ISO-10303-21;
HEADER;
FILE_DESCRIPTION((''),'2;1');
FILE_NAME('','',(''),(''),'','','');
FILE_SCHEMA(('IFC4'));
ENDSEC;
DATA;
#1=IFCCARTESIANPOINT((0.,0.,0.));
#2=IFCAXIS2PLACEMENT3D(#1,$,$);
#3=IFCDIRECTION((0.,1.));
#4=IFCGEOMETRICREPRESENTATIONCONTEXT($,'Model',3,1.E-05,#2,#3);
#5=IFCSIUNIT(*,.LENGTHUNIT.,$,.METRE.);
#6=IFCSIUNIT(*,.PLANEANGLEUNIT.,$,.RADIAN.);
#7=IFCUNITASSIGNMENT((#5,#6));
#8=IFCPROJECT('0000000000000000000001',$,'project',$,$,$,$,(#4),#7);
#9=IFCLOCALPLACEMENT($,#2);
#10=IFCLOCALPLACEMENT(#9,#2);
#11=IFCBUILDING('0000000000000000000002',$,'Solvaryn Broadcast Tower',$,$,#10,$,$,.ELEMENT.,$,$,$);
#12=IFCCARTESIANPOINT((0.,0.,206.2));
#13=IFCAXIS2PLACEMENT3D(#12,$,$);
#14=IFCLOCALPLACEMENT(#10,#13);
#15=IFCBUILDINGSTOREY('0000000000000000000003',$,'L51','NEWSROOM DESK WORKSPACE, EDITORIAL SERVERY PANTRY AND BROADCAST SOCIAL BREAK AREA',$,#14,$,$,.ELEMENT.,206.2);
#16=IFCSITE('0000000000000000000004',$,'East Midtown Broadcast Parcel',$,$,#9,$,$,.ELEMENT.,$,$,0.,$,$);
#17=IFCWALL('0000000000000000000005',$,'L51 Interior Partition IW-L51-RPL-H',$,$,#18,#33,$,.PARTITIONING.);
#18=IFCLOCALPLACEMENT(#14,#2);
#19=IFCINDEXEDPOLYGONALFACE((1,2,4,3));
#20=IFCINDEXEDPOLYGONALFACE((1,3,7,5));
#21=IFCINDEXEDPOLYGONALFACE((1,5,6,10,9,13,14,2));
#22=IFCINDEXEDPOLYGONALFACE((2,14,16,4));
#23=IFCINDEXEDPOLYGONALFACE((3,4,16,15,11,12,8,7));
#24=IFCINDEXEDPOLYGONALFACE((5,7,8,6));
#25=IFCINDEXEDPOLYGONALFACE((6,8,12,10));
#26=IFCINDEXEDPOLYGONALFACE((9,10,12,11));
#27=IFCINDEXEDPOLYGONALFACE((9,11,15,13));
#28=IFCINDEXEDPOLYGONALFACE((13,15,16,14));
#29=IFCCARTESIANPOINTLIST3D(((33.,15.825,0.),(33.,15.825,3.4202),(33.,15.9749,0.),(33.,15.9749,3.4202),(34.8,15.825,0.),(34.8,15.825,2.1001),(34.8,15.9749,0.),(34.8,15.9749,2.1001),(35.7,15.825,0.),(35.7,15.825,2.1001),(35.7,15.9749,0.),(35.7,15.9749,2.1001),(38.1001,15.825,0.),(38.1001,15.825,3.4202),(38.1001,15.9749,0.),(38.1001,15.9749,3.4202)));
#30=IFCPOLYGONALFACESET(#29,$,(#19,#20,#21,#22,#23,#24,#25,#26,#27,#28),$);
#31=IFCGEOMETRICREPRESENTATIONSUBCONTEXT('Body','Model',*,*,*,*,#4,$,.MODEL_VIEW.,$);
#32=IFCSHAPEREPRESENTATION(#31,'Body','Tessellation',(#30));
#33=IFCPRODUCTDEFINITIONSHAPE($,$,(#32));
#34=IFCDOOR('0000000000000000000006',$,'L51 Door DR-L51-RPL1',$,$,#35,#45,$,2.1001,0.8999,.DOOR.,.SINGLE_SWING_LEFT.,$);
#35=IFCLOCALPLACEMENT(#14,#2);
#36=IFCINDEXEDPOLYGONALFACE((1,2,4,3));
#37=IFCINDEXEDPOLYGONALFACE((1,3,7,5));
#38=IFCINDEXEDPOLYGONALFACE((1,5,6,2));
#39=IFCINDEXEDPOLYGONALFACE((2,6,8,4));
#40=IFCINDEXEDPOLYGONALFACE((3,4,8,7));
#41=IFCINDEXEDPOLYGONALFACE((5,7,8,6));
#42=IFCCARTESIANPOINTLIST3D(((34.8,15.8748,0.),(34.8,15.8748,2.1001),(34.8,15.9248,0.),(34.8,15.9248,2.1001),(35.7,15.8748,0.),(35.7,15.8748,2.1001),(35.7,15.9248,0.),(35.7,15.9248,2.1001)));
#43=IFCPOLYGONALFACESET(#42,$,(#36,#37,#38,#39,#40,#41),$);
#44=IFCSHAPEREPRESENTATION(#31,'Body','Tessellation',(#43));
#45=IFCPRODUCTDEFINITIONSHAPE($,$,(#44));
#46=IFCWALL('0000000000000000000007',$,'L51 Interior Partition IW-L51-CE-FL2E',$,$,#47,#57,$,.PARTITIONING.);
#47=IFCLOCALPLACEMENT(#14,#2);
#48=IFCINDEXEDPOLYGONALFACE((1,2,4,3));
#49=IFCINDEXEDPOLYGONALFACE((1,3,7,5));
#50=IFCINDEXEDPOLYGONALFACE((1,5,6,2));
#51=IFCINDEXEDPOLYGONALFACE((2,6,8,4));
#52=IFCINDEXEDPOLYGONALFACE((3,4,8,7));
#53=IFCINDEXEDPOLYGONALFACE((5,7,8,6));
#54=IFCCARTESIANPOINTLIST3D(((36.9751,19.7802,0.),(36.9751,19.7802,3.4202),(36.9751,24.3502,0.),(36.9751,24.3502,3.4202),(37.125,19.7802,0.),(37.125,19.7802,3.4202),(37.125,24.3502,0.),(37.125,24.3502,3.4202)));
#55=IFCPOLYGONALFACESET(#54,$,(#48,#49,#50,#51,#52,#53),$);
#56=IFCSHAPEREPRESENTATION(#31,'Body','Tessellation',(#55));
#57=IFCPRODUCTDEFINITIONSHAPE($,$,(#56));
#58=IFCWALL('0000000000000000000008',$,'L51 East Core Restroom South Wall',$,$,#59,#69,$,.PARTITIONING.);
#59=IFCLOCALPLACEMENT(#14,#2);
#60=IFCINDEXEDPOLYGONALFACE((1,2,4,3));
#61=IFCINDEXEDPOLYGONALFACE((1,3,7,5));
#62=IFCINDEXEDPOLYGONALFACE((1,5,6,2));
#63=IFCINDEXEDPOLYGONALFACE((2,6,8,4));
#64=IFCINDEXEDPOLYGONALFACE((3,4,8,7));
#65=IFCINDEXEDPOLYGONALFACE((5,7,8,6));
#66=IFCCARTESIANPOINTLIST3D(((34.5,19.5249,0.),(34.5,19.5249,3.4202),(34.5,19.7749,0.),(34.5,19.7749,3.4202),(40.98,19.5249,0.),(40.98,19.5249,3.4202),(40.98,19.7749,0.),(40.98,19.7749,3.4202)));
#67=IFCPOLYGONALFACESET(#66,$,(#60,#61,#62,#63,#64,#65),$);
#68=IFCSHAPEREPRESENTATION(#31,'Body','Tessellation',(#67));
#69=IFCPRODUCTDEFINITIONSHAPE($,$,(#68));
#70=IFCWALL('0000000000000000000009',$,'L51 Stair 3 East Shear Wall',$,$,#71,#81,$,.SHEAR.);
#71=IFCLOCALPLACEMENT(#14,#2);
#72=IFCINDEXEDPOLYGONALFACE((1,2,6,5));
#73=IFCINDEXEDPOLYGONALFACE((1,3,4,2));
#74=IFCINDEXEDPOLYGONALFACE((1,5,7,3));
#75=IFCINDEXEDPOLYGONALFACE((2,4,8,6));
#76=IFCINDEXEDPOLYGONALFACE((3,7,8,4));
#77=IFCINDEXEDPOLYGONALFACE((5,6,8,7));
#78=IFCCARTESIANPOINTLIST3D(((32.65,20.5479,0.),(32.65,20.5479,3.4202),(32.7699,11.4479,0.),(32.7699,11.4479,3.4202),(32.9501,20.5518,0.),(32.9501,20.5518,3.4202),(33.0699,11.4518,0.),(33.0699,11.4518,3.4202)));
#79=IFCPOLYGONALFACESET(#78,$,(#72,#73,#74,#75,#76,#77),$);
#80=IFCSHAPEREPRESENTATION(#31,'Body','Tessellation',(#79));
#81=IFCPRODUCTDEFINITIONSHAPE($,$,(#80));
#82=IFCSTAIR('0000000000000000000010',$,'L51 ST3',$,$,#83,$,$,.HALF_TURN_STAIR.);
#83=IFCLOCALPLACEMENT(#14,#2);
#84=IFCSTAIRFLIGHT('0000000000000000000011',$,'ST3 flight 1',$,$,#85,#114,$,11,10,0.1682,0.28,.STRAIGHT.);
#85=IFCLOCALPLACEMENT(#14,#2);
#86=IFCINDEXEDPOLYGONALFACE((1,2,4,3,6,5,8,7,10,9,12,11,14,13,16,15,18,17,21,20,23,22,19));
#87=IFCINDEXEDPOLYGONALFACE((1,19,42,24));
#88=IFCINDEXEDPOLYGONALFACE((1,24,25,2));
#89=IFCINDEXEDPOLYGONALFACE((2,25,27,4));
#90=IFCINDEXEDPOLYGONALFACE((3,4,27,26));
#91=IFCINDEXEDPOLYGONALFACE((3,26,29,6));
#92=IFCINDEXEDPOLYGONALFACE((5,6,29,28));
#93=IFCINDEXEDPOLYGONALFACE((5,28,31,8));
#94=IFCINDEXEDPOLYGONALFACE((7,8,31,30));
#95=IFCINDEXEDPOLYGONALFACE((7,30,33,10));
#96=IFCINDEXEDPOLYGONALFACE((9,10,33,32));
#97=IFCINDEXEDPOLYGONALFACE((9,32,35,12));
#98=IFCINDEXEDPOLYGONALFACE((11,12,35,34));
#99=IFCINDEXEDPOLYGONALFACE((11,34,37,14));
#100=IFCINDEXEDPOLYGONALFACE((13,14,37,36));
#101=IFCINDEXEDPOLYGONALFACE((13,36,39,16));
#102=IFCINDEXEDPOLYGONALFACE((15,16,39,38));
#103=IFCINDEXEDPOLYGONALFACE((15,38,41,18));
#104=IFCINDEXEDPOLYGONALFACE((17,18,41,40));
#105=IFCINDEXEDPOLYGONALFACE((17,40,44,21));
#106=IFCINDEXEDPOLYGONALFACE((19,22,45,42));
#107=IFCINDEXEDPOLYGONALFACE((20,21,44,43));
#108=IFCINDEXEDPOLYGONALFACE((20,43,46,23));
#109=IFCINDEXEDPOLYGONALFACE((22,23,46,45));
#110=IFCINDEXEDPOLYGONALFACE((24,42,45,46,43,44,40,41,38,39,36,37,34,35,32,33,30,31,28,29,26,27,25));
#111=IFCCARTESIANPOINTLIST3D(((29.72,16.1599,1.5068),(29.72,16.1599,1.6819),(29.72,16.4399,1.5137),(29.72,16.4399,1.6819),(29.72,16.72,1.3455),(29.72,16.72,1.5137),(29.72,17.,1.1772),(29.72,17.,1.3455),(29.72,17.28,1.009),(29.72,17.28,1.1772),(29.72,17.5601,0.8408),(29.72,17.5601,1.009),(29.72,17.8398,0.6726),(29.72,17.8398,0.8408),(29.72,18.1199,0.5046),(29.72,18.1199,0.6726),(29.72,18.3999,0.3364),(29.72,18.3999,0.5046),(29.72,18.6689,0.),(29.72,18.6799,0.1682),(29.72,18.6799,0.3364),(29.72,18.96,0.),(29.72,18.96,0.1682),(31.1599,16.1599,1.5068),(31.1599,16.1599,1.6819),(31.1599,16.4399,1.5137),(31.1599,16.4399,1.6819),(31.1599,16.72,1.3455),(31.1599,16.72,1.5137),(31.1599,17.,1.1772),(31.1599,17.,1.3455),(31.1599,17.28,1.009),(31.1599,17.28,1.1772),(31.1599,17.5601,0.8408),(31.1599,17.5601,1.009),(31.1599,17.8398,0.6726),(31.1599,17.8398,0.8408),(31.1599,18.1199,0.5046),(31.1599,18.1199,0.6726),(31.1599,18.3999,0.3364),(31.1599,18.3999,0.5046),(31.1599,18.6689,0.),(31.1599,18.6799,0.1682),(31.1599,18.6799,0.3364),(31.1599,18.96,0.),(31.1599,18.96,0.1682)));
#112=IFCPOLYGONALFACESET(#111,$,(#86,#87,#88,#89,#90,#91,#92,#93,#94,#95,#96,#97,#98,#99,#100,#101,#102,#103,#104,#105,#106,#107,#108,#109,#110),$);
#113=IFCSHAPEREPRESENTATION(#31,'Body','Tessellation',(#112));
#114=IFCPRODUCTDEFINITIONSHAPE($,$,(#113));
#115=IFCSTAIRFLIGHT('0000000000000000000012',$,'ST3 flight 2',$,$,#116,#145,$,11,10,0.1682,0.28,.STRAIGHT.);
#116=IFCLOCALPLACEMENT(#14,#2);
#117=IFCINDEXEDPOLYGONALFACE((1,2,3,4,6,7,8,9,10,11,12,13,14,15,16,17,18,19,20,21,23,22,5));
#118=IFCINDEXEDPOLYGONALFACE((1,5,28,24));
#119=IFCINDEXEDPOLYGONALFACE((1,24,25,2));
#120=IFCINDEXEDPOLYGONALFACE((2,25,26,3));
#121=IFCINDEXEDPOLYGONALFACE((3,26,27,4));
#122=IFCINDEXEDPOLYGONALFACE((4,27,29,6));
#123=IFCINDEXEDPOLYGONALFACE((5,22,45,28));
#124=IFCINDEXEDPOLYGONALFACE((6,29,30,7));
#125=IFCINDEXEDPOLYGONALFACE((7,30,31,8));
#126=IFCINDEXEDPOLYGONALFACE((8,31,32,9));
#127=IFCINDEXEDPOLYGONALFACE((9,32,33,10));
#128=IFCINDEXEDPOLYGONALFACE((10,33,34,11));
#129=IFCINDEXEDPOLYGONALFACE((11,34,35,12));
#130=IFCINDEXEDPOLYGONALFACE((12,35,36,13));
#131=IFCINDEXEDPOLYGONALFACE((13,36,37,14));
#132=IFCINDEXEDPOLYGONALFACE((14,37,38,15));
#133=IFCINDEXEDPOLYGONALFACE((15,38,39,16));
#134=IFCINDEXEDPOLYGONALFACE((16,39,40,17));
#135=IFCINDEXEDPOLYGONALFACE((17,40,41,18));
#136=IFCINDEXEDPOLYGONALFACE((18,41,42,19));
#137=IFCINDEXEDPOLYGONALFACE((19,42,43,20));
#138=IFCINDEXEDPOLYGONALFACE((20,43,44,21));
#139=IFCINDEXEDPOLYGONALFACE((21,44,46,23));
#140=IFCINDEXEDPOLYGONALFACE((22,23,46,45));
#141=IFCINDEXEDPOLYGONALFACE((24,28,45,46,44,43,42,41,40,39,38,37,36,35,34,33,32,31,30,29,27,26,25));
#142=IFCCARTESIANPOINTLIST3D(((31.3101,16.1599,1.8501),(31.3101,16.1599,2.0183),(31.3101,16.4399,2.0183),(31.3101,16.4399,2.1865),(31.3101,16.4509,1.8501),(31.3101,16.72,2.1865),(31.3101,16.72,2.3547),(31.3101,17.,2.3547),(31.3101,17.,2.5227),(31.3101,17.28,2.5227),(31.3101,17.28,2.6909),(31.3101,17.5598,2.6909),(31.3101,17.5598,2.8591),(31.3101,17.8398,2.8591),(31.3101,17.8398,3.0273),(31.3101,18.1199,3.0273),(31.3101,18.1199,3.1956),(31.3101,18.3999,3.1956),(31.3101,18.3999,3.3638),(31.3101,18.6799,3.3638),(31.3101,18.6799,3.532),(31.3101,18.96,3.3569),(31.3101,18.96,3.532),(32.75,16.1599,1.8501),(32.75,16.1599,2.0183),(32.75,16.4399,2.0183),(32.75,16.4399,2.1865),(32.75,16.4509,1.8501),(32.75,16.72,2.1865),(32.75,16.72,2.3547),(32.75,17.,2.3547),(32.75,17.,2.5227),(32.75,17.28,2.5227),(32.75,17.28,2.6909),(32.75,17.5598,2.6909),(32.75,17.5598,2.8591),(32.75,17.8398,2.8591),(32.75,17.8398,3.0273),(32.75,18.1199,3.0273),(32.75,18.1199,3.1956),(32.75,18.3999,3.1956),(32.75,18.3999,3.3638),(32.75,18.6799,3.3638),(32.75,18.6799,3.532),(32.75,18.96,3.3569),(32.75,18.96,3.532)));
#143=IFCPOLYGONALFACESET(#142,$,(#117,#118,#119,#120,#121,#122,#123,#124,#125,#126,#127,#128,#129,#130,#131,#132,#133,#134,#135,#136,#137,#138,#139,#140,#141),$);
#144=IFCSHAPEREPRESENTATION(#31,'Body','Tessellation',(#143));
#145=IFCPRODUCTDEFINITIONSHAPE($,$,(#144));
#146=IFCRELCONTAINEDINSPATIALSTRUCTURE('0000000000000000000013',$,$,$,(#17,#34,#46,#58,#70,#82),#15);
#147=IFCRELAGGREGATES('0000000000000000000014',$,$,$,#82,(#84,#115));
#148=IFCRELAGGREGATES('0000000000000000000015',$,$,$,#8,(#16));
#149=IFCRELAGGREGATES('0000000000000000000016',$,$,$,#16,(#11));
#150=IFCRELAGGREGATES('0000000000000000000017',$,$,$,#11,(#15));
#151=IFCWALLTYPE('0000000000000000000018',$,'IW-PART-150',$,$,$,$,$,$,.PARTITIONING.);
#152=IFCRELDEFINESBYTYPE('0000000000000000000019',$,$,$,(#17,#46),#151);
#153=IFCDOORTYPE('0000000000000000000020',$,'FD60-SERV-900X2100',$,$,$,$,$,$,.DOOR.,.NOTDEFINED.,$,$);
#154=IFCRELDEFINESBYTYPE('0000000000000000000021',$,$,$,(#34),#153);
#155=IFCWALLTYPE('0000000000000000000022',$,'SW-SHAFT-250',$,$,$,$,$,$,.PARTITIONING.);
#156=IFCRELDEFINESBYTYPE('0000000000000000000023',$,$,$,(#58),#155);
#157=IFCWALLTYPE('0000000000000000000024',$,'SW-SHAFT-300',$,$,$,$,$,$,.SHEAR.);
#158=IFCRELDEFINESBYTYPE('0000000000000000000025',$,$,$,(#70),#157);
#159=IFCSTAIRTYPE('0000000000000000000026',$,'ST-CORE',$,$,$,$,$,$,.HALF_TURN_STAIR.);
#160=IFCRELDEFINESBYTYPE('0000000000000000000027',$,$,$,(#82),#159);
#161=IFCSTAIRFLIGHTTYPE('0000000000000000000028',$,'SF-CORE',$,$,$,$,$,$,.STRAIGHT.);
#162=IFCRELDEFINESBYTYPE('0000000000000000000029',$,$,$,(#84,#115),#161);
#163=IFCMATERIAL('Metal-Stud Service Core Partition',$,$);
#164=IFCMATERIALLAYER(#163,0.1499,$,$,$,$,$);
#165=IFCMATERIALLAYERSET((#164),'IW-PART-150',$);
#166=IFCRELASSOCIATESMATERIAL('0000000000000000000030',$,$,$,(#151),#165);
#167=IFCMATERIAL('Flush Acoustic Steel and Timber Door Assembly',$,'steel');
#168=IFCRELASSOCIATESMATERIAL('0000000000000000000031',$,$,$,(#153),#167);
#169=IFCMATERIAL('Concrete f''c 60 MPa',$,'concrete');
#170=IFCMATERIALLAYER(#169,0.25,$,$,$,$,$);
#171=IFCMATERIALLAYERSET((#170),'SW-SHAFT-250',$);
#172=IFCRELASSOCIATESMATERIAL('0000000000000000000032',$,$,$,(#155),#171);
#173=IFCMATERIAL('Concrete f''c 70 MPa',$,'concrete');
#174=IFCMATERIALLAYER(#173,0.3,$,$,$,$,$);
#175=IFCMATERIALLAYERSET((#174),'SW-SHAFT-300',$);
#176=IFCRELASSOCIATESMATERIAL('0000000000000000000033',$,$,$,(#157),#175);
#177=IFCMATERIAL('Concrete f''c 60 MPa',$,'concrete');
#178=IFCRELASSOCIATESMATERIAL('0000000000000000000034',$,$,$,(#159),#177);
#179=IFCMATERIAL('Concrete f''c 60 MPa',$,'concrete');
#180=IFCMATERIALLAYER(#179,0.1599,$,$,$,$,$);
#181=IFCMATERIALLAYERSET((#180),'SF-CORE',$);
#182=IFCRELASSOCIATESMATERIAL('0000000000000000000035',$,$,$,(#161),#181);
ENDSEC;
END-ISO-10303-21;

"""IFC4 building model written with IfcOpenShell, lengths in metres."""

from ifc_helpers import new_model, si_unit, direction, frame, frame_2d, origin, place, context, subcontext, project, spatial, polyline, rectangle, outline, extrude, material, layer, layer_set, type_object, element, fill, aggregate, save


model = new_model("IFC4")

# Units and contexts
model_context = context("Model", 3, precision=1e-05, world=origin(), true_north=direction((0.0, 1.0)))
body_context = subcontext(model_context, "Body", "Model", "MODEL_VIEW")
ifc_project = project(units=[si_unit("LENGTHUNIT", "METRE"), si_unit("PLANEANGLEUNIT", "RADIAN")], contexts=[model_context])

# Site, building, storey
site_placement = place(None, origin())
site = spatial("IfcSite", under=ifc_project, at=site_placement, Name="East Midtown Broadcast Parcel", CompositionType="ELEMENT", RefElevation=0.0)
building_placement = place(site_placement, origin())
building = spatial("IfcBuilding", under=site, at=building_placement, Name="Solvaryn Broadcast Tower", CompositionType="ELEMENT")
storey_placement = place(building_placement, frame((0.0, 0.0, 206.2)))
storey = spatial("IfcBuildingStorey", under=building, at=storey_placement, Name="L51", Description="NEWSROOM DESK WORKSPACE, EDITORIAL SERVERY PANTRY AND BROADCAST SOCIAL BREAK AREA", CompositionType="ELEMENT", Elevation=206.2)

# Wall, opening, door
ifc_material_1 = material(Name="Metal-Stud Service Core Partition")
ifc_layer_1 = layer(ifc_material_1, 0.1499)
ifc_layer_set_1 = layer_set([ifc_layer_1], Name="IW-PART-150")
wall_type_1 = type_object("IfcWallType", Name="IW-PART-150", PredefinedType="PARTITIONING", material=ifc_layer_set_1)
wall_1_placement = place(storey_placement, frame((33.0, 15.8999, 0.0), z_axis=(0.0, 0.0, 1.0), x_axis=(1.0, 0.0, 0.0)))
wall_1 = element("IfcWall", 1, at=wall_1_placement, inside=storey, type_object=wall_type_1, Name="L51 Interior Partition IW-L51-RPL-H", PredefinedType="PARTITIONING", context=body_context, shape_type="SweptSolid", body=[
    extrude(rectangle(XDim=5.1001, YDim=0.1499, at=frame_2d((2.55, 0.0))), origin(), (0.0, 0.0, 1.0), 3.4202),
])
opening_placement = place(wall_1_placement, frame((1.8, 0.0, 0.0)))
opening = element("IfcOpeningElement", 2, at=opening_placement, cuts=wall_1, PredefinedType="OPENING", context=body_context, shape_type="SweptSolid", body=[
    extrude(rectangle(XDim=0.8999, YDim=2.1001, at=frame_2d((0.45, 1.05))), frame((0.0, 0.085, 0.0), z_axis=(0.0, -1.0, 0.0), x_axis=(1.0, 0.0, 0.0)), (0.0, 0.0, 1.0), 0.1699),
])
ifc_material_2 = material(Name="Flush Acoustic Steel and Timber Door Assembly", Category="steel")
door_type = type_object("IfcDoorType", Name="FD60-SERV-900X2100", OperationType="NOTDEFINED", PredefinedType="DOOR", material=ifc_material_2)
door_placement = place(opening_placement, origin())
door = element("IfcDoor", 3, at=door_placement, inside=storey, type_object=door_type, Name="L51 Door DR-L51-RPL1", OperationType="SINGLE_SWING_LEFT", OverallHeight=2.1001, OverallWidth=0.8999, PredefinedType="DOOR", context=body_context, shape_type="SweptSolid", body=[
    extrude(rectangle(XDim=0.8999, YDim=2.1001, at=frame_2d((0.45, 1.05))), frame((0.0, 0.0249, 0.0), z_axis=(0.0, -1.0, 0.0), x_axis=(1.0, 0.0, 0.0)), (0.0, 0.0, 1.0), 0.05),
])
fill(opening, door)

# Walls
wall_2_placement = place(storey_placement, frame((37.05, 19.78, 0.0), z_axis=(0.0, 0.0, 1.0), x_axis=(0.0, 1.0, 0.0)))
element("IfcWall", 4, at=wall_2_placement, inside=storey, type_object=wall_type_1, Name="L51 Interior Partition IW-L51-CE-FL2E", PredefinedType="PARTITIONING", context=body_context, shape_type="SweptSolid", body=[
    extrude(rectangle(XDim=4.5701, YDim=0.1499, at=frame_2d((2.2852, 0.0))), origin(), (0.0, 0.0, 1.0), 3.4202),
])
ifc_material_3 = material(Name="Concrete f'c 60 MPa", Category="concrete")
ifc_layer_2 = layer(ifc_material_3, 0.25)
ifc_layer_set_2 = layer_set([ifc_layer_2], Name="SW-SHAFT-250")
wall_type_2 = type_object("IfcWallType", Name="SW-SHAFT-250", PredefinedType="PARTITIONING", material=ifc_layer_set_2)
wall_3_placement = place(storey_placement, frame((34.5, 19.6499, 0.0), z_axis=(0.0, 0.0, 1.0), x_axis=(1.0, 0.0, 0.0)))
element("IfcWall", 5, at=wall_3_placement, inside=storey, type_object=wall_type_2, Name="L51 East Core Restroom South Wall", PredefinedType="PARTITIONING", context=body_context, shape_type="SweptSolid", body=[
    extrude(rectangle(XDim=6.48, YDim=0.25, at=frame_2d((3.24, 0.0))), origin(), (0.0, 0.0, 1.0), 3.4202),
])
ifc_material_4 = material(Name="Concrete f'c 70 MPa", Category="concrete")
ifc_layer_3 = layer(ifc_material_4, 0.3)
ifc_layer_set_3 = layer_set([ifc_layer_3], Name="SW-SHAFT-300")
wall_type_3 = type_object("IfcWallType", Name="SW-SHAFT-300", PredefinedType="SHEAR", material=ifc_layer_set_3)
wall_4_placement = place(storey_placement, frame((32.9199, 11.45, 0.0), z_axis=(0.0, 0.0, 1.0), x_axis=(-0.013172, 0.999913, 0.0)))
element("IfcWall", 6, at=wall_4_placement, inside=storey, type_object=wall_type_3, Name="L51 Stair 3 East Shear Wall", PredefinedType="SHEAR", context=body_context, shape_type="SweptSolid", body=[
    extrude(rectangle(XDim=9.1008, YDim=0.3, at=frame_2d((4.5503, 0.0))), origin(), (0.0, 0.0, 1.0), 3.4202),
])

# Stair, stair flights
ifc_material_5 = material(Name="Concrete f'c 60 MPa", Category="concrete")
stair_type = type_object("IfcStairType", Name="ST-CORE", PredefinedType="HALF_TURN_STAIR", material=ifc_material_5)
stair_placement = place(storey_placement, origin())
stair = element("IfcStair", 7, at=stair_placement, inside=storey, type_object=stair_type, Name="L51 ST3", PredefinedType="HALF_TURN_STAIR")
ifc_material_6 = material(Name="Concrete f'c 60 MPa", Category="concrete")
ifc_layer_4 = layer(ifc_material_6, 0.1599)
ifc_layer_set_4 = layer_set([ifc_layer_4], Name="SF-CORE")
stair_flight_type = type_object("IfcStairFlightType", Name="SF-CORE", PredefinedType="STRAIGHT", material=ifc_layer_set_4)
stair_flight_1_placement = place(storey_placement, frame((30.4399, 18.96, 0.0), z_axis=(0.0, 0.0, 1.0), x_axis=(0.0, -1.0, 0.0)))
stair_flight_1 = element("IfcStairFlight", 8, at=stair_flight_1_placement, type_object=stair_flight_type, Name="ST3 flight 1", NumberOfRisers=11, NumberOfTreads=10, PredefinedType="STRAIGHT", RiserHeight=0.1682, TreadLength=0.28, context=body_context, shape_type="SweptSolid", body=[
    extrude(outline(polyline([(0.0, 0.0), (0.0, 0.1682), (0.28, 0.1682), (0.28, 0.3364), (0.5601, 0.3364), (0.5601, 0.5046), (0.8401, 0.5046), (0.8401, 0.6726), (1.1201, 0.6726), (1.1201, 0.8408), (1.3999, 0.8408), (1.3999, 1.009), (1.6799, 1.009), (1.6799, 1.1772), (1.96, 1.1772), (1.96, 1.3455), (2.24, 1.3455), (2.24, 1.5137), (2.52, 1.5137), (2.52, 1.6819), (2.8, 1.6819), (2.8, 1.8501), (2.8, 1.5068), (0.291, 0.0), (0.0, 0.0)])), frame((0.0, 0.72, 0.0), z_axis=(0.0, -1.0, 0.0), x_axis=(1.0, 0.0, 0.0)), (0.0, 0.0, 1.0), 1.4399),
])
stair_flight_2_placement = place(storey_placement, frame((32.03, 16.1599, 1.8501), z_axis=(0.0, 0.0, 1.0), x_axis=(0.0, 1.0, 0.0)))
stair_flight_2 = element("IfcStairFlight", 9, at=stair_flight_2_placement, type_object=stair_flight_type, Name="ST3 flight 2", NumberOfRisers=11, NumberOfTreads=10, PredefinedType="STRAIGHT", RiserHeight=0.1682, TreadLength=0.28, context=body_context, shape_type="SweptSolid", body=[
    extrude(outline(polyline([(0.0, 0.0), (0.0, 0.1682), (0.28, 0.1682), (0.28, 0.3364), (0.5601, 0.3364), (0.5601, 0.5046), (0.8401, 0.5046), (0.8401, 0.6726), (1.1201, 0.6726), (1.1201, 0.8408), (1.3999, 0.8408), (1.3999, 1.009), (1.6799, 1.009), (1.6799, 1.1772), (1.96, 1.1772), (1.96, 1.3455), (2.24, 1.3455), (2.24, 1.5137), (2.52, 1.5137), (2.52, 1.6819), (2.8, 1.6819), (2.8, 1.8501), (2.8, 1.5068), (0.291, 0.0), (0.0, 0.0)])), frame((0.0, 0.72, 0.0), z_axis=(0.0, -1.0, 0.0), x_axis=(1.0, 0.0, 0.0)), (0.0, 0.0, 1.0), 1.4399),
])
aggregate(stair, [stair_flight_1, stair_flight_2])

save(model, "model.ifc")
